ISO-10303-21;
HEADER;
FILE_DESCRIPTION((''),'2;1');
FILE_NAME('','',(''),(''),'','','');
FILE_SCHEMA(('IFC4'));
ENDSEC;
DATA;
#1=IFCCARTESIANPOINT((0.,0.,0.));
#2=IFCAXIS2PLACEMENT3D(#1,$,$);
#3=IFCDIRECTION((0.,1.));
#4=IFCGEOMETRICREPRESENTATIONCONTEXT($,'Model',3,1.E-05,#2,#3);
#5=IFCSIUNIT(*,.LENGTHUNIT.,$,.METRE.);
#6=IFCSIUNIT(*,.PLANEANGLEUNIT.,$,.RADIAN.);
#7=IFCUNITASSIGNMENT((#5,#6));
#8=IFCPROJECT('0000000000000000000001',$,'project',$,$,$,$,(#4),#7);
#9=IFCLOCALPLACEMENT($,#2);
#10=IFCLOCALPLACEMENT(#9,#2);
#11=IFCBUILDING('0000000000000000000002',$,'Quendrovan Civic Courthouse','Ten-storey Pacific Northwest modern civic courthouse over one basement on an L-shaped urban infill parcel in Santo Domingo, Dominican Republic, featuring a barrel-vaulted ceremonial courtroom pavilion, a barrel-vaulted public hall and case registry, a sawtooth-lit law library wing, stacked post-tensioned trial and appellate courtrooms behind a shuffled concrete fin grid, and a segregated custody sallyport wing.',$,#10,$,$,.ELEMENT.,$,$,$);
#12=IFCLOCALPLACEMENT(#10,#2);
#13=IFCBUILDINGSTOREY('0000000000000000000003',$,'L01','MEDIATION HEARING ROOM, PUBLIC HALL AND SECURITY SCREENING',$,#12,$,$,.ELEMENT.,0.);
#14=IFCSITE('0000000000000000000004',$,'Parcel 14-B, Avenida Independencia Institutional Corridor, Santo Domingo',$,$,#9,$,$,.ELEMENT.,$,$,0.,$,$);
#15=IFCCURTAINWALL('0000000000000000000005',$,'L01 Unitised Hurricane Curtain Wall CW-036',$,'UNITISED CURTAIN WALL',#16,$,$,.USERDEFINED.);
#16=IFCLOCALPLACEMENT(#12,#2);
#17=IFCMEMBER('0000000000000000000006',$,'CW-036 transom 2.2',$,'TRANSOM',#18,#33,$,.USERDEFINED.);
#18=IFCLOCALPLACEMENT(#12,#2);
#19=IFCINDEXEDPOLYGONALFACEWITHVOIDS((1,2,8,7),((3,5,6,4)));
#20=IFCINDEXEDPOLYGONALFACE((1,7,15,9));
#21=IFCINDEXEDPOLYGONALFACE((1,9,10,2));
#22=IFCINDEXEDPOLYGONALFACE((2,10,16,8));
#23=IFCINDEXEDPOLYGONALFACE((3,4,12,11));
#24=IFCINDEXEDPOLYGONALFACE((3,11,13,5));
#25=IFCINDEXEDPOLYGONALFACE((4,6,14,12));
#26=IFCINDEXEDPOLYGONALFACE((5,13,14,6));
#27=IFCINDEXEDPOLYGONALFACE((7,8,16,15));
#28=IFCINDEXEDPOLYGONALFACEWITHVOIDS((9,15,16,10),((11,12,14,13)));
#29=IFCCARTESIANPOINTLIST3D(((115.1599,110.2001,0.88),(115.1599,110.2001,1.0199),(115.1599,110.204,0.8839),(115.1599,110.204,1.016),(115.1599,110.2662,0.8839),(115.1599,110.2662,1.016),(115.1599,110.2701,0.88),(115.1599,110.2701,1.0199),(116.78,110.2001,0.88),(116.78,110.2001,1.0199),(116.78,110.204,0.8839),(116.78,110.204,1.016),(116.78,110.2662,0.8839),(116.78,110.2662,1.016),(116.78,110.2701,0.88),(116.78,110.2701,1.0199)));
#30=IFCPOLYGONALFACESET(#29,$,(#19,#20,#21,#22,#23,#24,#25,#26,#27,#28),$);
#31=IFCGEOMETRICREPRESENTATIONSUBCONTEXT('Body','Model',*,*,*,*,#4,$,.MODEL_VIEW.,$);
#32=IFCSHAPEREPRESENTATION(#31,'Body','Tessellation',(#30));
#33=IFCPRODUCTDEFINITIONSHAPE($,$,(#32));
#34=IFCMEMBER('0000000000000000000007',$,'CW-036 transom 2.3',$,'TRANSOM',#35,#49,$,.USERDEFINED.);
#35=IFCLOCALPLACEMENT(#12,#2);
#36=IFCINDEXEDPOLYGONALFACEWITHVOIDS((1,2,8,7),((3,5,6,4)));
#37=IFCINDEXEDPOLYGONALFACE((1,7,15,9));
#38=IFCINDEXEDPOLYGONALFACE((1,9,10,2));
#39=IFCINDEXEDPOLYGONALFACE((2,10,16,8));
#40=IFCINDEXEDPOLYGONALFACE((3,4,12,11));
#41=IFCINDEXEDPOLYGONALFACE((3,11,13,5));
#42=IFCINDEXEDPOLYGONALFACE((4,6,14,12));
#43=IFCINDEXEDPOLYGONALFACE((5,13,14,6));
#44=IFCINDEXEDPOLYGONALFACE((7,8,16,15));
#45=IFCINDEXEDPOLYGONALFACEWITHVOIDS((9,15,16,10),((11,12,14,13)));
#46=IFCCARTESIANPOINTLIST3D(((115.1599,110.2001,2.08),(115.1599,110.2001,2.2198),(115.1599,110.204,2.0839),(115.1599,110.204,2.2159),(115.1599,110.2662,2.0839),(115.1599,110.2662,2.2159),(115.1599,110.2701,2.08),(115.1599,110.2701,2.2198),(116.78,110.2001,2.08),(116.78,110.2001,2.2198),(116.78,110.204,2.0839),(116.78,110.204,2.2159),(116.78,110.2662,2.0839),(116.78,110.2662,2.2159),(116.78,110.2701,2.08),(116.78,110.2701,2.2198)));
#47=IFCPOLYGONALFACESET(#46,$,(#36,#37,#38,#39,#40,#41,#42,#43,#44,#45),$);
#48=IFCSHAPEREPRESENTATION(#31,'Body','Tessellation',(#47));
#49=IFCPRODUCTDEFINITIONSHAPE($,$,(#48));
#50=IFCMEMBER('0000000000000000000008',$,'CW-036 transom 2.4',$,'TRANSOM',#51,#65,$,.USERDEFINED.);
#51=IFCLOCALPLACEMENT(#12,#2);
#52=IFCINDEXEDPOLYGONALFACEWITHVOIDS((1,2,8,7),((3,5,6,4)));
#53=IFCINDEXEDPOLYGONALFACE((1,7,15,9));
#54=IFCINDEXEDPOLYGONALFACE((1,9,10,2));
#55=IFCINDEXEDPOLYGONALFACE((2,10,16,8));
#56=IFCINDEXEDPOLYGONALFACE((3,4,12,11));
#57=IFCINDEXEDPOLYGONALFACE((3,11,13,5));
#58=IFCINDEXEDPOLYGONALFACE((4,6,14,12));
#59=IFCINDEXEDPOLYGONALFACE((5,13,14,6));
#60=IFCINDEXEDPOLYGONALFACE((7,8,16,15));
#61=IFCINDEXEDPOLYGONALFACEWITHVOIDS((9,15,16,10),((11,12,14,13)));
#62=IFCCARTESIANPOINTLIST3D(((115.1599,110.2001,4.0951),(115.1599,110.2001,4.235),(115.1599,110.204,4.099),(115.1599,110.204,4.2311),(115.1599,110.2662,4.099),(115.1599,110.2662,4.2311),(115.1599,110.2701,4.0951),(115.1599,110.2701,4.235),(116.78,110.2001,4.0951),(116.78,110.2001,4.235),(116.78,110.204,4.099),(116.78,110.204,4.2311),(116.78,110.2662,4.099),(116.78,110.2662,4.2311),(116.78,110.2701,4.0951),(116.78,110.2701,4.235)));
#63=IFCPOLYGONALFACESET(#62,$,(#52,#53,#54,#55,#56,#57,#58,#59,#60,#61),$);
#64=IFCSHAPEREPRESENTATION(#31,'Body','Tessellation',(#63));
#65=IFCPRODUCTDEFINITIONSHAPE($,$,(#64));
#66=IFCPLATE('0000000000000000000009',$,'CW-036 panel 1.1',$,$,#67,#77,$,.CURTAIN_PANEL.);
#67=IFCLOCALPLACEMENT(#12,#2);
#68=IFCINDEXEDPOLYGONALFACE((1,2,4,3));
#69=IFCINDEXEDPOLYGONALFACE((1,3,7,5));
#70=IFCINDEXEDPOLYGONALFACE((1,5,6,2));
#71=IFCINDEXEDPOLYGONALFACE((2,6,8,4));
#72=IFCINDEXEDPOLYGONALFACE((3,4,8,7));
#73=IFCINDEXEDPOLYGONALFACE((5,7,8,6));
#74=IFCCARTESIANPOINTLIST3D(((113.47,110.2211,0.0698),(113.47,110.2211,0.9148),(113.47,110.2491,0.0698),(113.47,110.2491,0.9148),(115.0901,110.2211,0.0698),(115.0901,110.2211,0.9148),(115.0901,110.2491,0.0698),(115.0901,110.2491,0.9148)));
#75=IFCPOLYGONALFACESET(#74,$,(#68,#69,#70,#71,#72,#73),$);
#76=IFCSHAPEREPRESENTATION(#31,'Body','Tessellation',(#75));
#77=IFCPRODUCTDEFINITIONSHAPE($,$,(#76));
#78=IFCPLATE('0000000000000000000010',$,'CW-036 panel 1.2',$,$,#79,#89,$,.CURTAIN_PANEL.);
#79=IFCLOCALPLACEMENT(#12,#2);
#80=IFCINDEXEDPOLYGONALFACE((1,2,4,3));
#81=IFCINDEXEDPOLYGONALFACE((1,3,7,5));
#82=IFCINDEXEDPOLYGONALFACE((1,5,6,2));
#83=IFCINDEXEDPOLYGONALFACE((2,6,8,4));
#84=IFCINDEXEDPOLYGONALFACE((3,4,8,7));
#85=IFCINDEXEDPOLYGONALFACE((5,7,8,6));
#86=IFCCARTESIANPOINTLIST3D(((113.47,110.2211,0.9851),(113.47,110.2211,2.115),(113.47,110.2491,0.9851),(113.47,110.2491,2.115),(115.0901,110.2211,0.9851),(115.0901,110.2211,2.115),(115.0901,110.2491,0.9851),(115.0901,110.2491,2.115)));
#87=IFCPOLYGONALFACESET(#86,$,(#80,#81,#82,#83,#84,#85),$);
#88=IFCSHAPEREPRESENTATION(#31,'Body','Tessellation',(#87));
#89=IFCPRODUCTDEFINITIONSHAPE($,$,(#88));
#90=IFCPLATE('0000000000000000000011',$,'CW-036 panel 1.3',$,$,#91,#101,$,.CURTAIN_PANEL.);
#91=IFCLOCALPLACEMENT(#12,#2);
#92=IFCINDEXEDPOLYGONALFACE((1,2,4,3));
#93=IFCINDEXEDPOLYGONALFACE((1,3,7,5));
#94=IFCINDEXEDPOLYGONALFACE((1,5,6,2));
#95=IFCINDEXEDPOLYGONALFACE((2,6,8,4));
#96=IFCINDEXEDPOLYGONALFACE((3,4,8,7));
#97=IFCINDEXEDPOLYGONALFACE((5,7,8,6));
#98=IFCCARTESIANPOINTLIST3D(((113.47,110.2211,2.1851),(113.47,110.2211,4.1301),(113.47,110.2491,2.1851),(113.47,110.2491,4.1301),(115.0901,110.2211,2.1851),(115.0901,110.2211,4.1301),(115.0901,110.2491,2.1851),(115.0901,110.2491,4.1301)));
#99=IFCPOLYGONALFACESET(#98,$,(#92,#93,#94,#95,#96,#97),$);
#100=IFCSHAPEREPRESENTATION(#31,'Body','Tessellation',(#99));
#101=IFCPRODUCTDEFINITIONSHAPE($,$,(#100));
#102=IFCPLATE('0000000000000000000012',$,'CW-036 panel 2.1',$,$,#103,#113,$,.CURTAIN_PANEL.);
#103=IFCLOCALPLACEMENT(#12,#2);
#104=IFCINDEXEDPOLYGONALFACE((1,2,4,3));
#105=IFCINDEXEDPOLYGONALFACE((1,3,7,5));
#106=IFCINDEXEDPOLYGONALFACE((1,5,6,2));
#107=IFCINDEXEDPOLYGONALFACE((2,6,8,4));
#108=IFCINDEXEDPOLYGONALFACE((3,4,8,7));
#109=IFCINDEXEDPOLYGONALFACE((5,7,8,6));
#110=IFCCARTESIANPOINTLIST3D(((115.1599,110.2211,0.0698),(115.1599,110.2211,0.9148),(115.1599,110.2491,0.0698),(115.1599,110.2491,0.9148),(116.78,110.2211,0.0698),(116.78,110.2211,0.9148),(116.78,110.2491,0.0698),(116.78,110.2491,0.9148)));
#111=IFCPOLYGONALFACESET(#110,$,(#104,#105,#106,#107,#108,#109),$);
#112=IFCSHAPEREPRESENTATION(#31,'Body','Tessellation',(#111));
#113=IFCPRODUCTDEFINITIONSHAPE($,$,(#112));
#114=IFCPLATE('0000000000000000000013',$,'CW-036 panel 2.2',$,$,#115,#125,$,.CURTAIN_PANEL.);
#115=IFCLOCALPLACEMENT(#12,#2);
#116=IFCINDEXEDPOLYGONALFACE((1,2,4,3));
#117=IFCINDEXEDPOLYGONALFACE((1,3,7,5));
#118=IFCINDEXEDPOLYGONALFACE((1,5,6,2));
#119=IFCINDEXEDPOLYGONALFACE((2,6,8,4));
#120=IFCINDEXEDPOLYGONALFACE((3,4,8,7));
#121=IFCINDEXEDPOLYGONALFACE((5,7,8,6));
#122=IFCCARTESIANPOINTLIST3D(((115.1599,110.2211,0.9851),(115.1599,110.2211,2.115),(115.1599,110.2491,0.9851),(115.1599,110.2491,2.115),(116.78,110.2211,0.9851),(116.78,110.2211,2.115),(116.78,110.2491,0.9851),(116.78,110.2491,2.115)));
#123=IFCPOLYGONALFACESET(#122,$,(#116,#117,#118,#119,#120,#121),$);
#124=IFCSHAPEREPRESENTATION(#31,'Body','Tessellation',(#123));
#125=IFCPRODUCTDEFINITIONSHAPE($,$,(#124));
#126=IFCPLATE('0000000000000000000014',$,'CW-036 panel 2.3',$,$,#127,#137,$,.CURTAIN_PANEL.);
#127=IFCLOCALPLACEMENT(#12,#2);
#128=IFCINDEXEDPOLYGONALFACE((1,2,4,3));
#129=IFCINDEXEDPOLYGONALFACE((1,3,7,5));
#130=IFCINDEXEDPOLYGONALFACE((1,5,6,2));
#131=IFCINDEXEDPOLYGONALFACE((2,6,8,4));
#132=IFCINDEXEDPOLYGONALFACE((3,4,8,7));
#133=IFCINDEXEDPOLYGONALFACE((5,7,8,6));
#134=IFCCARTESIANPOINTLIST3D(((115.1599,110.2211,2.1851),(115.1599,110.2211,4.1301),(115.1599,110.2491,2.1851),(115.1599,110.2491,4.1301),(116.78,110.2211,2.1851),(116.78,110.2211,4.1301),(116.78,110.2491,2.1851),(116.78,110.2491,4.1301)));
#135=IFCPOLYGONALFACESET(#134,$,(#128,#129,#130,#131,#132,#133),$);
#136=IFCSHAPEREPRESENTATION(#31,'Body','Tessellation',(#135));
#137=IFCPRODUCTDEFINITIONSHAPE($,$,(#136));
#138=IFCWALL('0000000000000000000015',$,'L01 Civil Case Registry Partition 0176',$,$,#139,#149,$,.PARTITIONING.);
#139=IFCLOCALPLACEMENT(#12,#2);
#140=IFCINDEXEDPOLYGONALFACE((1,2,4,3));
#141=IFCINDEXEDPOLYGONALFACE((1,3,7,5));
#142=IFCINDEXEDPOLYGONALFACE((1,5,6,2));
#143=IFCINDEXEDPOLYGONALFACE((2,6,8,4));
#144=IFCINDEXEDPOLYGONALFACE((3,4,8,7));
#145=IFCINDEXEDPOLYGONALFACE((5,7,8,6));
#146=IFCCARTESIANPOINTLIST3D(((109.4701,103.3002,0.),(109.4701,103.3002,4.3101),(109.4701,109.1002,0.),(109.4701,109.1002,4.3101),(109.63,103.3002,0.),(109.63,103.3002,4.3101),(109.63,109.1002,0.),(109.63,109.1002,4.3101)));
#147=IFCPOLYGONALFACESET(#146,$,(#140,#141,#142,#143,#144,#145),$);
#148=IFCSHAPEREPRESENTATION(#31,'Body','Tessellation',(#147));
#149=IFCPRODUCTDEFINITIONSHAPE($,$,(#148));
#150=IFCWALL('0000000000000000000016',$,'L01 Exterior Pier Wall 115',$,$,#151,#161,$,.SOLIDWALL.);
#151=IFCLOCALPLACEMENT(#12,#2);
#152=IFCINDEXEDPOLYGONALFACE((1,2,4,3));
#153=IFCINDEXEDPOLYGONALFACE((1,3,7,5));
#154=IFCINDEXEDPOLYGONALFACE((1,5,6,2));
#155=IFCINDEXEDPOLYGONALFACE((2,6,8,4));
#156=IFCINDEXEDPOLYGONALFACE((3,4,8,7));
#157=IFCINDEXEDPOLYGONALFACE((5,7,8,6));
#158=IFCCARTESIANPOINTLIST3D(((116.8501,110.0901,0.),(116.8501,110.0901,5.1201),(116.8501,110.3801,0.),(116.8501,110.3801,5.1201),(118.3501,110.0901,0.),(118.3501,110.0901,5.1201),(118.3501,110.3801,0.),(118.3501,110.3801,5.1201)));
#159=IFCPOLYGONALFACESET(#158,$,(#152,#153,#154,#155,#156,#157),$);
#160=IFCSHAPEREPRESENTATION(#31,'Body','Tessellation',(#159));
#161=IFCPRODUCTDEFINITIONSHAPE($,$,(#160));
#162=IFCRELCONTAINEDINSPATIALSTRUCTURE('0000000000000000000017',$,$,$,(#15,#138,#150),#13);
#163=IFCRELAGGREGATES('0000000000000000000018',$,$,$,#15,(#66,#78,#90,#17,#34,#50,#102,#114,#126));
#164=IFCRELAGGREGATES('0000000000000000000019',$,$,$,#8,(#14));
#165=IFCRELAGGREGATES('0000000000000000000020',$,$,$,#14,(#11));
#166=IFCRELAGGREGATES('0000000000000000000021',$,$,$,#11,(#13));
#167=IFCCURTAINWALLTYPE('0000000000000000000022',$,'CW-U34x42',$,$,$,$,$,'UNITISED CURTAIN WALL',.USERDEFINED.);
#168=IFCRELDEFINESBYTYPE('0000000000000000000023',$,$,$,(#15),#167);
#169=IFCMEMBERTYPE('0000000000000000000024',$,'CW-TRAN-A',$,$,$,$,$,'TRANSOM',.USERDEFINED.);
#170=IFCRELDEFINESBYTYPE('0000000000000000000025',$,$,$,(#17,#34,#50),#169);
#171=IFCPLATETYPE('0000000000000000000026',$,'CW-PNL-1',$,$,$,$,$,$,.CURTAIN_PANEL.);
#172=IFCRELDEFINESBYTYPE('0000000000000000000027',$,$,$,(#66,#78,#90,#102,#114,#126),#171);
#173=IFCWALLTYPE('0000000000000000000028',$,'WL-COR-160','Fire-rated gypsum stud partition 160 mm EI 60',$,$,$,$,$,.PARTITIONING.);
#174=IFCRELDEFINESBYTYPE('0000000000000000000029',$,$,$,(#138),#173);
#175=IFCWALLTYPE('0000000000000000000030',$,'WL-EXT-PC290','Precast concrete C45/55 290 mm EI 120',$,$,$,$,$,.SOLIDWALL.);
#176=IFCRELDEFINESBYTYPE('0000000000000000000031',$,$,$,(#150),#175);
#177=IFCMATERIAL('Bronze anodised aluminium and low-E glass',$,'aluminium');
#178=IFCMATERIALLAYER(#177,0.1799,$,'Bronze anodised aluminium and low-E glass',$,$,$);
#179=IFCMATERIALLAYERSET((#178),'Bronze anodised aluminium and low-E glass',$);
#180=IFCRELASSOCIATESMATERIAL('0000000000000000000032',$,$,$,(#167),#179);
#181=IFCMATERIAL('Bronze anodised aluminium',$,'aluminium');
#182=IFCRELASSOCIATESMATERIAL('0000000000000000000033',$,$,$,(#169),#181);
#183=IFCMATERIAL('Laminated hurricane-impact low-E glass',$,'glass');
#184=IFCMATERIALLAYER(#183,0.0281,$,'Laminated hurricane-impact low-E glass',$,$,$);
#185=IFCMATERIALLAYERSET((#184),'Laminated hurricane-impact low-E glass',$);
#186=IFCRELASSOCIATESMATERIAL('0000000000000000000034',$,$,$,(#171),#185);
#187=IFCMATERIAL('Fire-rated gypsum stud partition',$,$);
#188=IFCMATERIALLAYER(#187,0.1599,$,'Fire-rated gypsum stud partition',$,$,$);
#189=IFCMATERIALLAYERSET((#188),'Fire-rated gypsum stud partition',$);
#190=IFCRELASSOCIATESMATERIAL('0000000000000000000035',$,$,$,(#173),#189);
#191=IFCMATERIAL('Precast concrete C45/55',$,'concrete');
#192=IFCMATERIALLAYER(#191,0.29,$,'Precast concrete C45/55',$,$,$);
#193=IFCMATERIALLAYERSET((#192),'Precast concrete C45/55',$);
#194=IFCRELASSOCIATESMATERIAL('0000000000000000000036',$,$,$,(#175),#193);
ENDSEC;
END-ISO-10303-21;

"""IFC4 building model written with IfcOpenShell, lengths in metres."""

from ifc_helpers import new_model, si_unit, direction, frame, frame_2d, origin, origin_2d, place, context, subcontext, project, spatial, rectangle, hollow_rectangle, extrude, material, layer, layer_set, material_profile, profile_set, type_object, element, aggregate, save


model = new_model("IFC4")

# Units and contexts
model_context = context("Model", 3, precision=1e-05, world=origin(), true_north=direction((0.0, 1.0)))
body_context = subcontext(model_context, "Body", "Model", "MODEL_VIEW")
ifc_project = project(units=[si_unit("LENGTHUNIT", "METRE"), si_unit("PLANEANGLEUNIT", "RADIAN")], contexts=[model_context])

# Site, building, storey
site_placement = place(None, origin())
site = spatial("IfcSite", under=ifc_project, at=site_placement, Name="Parcel 14-B, Avenida Independencia Institutional Corridor, Santo Domingo", CompositionType="ELEMENT", RefElevation=0.0)
building_placement = place(site_placement, origin())
building = spatial("IfcBuilding", under=site, at=building_placement, Name="Quendrovan Civic Courthouse", Description="Ten-storey Pacific Northwest modern civic courthouse over one basement on an L-shaped urban infill parcel in Santo Domingo, Dominican Republic, featuring a barrel-vaulted ceremonial courtroom pavilion, a barrel-vaulted public hall and case registry, a sawtooth-lit law library wing, stacked post-tensioned trial and appellate courtrooms behind a shuffled concrete fin grid, and a segregated custody sallyport wing.", CompositionType="ELEMENT")
storey_placement = place(building_placement, origin())
storey = spatial("IfcBuildingStorey", under=building, at=storey_placement, Name="L01", Description="MEDIATION HEARING ROOM, PUBLIC HALL AND SECURITY SCREENING", CompositionType="ELEMENT", Elevation=0.0)

# Curtain wall, members, plates
ifc_material_1 = material(Name="Bronze anodised aluminium and low-E glass", Category="aluminium")
ifc_layer_1 = layer(ifc_material_1, 0.1799, Name="Bronze anodised aluminium and low-E glass")
ifc_layer_set_1 = layer_set([ifc_layer_1], Name="Bronze anodised aluminium and low-E glass")
curtain_wall_type = type_object("IfcCurtainWallType", Name="CW-U34x42", ElementType="UNITISED CURTAIN WALL", PredefinedType="USERDEFINED", material=ifc_layer_set_1)
curtain_wall_placement = place(storey_placement, origin())
curtain_wall = element("IfcCurtainWall", 1, at=curtain_wall_placement, inside=storey, type_object=curtain_wall_type, Name="L01 Unitised Hurricane Curtain Wall CW-036", ObjectType="UNITISED CURTAIN WALL", PredefinedType="USERDEFINED")
ifc_material_2 = material(Name="Bronze anodised aluminium", Category="aluminium")
ifc_material_profile_1 = material_profile(ifc_material_2, hollow_rectangle(XDim=0.0701, YDim=0.1399, WallThickness=0.0039, at=origin_2d()), Name="CW-TRAN-70x140")
ifc_profile_set_1 = profile_set([ifc_material_profile_1], Name="Bronze anodised aluminium")
member_type_1 = type_object("IfcMemberType", Name="CW-TRAN-A", ElementType="TRANSOM", PredefinedType="USERDEFINED", material=ifc_profile_set_1)
member_1_placement = place(storey_placement, frame((115.1599, 110.2351, 0.95), z_axis=(1.0, 0.0, 0.0), x_axis=(0.0, 1.0, 0.0)))
member_1 = element("IfcMember", 2, at=member_1_placement, type_object=member_type_1, Name="CW-036 transom 2.2", ObjectType="TRANSOM", PredefinedType="USERDEFINED", context=body_context, shape_type="SweptSolid", body=[
    extrude(hollow_rectangle(XDim=0.0701, YDim=0.1399, WallThickness=0.0039, at=origin_2d()), origin(), (0.0, 0.0, 1.0), 1.6201),
])
member_2_placement = place(storey_placement, frame((115.1599, 110.2351, 2.1499), z_axis=(1.0, 0.0, 0.0), x_axis=(0.0, 1.0, 0.0)))
member_2 = element("IfcMember", 3, at=member_2_placement, type_object=member_type_1, Name="CW-036 transom 2.3", ObjectType="TRANSOM", PredefinedType="USERDEFINED", context=body_context, shape_type="SweptSolid", body=[
    extrude(hollow_rectangle(XDim=0.0701, YDim=0.1399, WallThickness=0.0039, at=origin_2d()), origin(), (0.0, 0.0, 1.0), 1.6201),
])
member_3_placement = place(storey_placement, frame((115.1599, 110.2351, 4.165), z_axis=(1.0, 0.0, 0.0), x_axis=(0.0, 1.0, 0.0)))
member_3 = element("IfcMember", 4, at=member_3_placement, type_object=member_type_1, Name="CW-036 transom 2.4", ObjectType="TRANSOM", PredefinedType="USERDEFINED", context=body_context, shape_type="SweptSolid", body=[
    extrude(hollow_rectangle(XDim=0.0701, YDim=0.1399, WallThickness=0.0039, at=origin_2d()), origin(), (0.0, 0.0, 1.0), 1.6201),
])
ifc_material_3 = material(Name="Laminated hurricane-impact low-E glass", Category="glass")
ifc_layer_2 = layer(ifc_material_3, 0.0281, Name="Laminated hurricane-impact low-E glass")
ifc_layer_set_2 = layer_set([ifc_layer_2], Name="Laminated hurricane-impact low-E glass")
plate_type = type_object("IfcPlateType", Name="CW-PNL-1", PredefinedType="CURTAIN_PANEL", material=ifc_layer_set_2)
plate_1_placement = place(storey_placement, frame((114.28, 110.2351, 0.0698), z_axis=(0.0, 0.0, 1.0), x_axis=(1.0, 0.0, 0.0)))
plate_1 = element("IfcPlate", 5, at=plate_1_placement, type_object=plate_type, Name="CW-036 panel 1.1", PredefinedType="CURTAIN_PANEL", context=body_context, shape_type="SweptSolid", body=[
    extrude(rectangle(XDim=1.6201, YDim=0.0281, at=origin_2d()), origin(), (0.0, 0.0, 1.0), 0.845),
])
plate_2_placement = place(storey_placement, frame((114.28, 110.2351, 0.9851), z_axis=(0.0, 0.0, 1.0), x_axis=(1.0, 0.0, 0.0)))
plate_2 = element("IfcPlate", 6, at=plate_2_placement, type_object=plate_type, Name="CW-036 panel 1.2", PredefinedType="CURTAIN_PANEL", context=body_context, shape_type="SweptSolid", body=[
    extrude(rectangle(XDim=1.6201, YDim=0.0281, at=origin_2d()), origin(), (0.0, 0.0, 1.0), 1.1299),
])
plate_3_placement = place(storey_placement, frame((114.28, 110.2351, 2.1851), z_axis=(0.0, 0.0, 1.0), x_axis=(1.0, 0.0, 0.0)))
plate_3 = element("IfcPlate", 7, at=plate_3_placement, type_object=plate_type, Name="CW-036 panel 1.3", PredefinedType="CURTAIN_PANEL", context=body_context, shape_type="SweptSolid", body=[
    extrude(rectangle(XDim=1.6201, YDim=0.0281, at=origin_2d()), origin(), (0.0, 0.0, 1.0), 1.9451),
])
plate_4_placement = place(storey_placement, frame((115.97, 110.2351, 0.0698), z_axis=(0.0, 0.0, 1.0), x_axis=(1.0, 0.0, 0.0)))
plate_4 = element("IfcPlate", 8, at=plate_4_placement, type_object=plate_type, Name="CW-036 panel 2.1", PredefinedType="CURTAIN_PANEL", context=body_context, shape_type="SweptSolid", body=[
    extrude(rectangle(XDim=1.6201, YDim=0.0281, at=origin_2d()), origin(), (0.0, 0.0, 1.0), 0.845),
])
plate_5_placement = place(storey_placement, frame((115.97, 110.2351, 0.9851), z_axis=(0.0, 0.0, 1.0), x_axis=(1.0, 0.0, 0.0)))
plate_5 = element("IfcPlate", 9, at=plate_5_placement, type_object=plate_type, Name="CW-036 panel 2.2", PredefinedType="CURTAIN_PANEL", context=body_context, shape_type="SweptSolid", body=[
    extrude(rectangle(XDim=1.6201, YDim=0.0281, at=origin_2d()), origin(), (0.0, 0.0, 1.0), 1.1299),
])
plate_6_placement = place(storey_placement, frame((115.97, 110.2351, 2.1851), z_axis=(0.0, 0.0, 1.0), x_axis=(1.0, 0.0, 0.0)))
plate_6 = element("IfcPlate", 10, at=plate_6_placement, type_object=plate_type, Name="CW-036 panel 2.3", PredefinedType="CURTAIN_PANEL", context=body_context, shape_type="SweptSolid", body=[
    extrude(rectangle(XDim=1.6201, YDim=0.0281, at=origin_2d()), origin(), (0.0, 0.0, 1.0), 1.9451),
])
aggregate(curtain_wall, [plate_1, plate_2, plate_3, member_1, member_2, member_3, plate_4, plate_5, plate_6])

# Walls
ifc_material_4 = material(Name="Fire-rated gypsum stud partition")
ifc_layer_3 = layer(ifc_material_4, 0.1599, Name="Fire-rated gypsum stud partition")
ifc_layer_set_3 = layer_set([ifc_layer_3], Name="Fire-rated gypsum stud partition")
wall_type_1 = type_object("IfcWallType", Name="WL-COR-160", Description="Fire-rated gypsum stud partition 160 mm EI 60", PredefinedType="PARTITIONING", material=ifc_layer_set_3)
wall_1_placement = place(storey_placement, frame((109.55, 109.1001, 0.0), z_axis=(0.0, 0.0, 1.0), x_axis=(0.0, -1.0, 0.0)))
element("IfcWall", 11, at=wall_1_placement, inside=storey, type_object=wall_type_1, Name="L01 Civil Case Registry Partition 0176", PredefinedType="PARTITIONING", context=body_context, shape_type="SweptSolid", body=[
    extrude(rectangle(XDim=5.8, YDim=0.1599, at=frame_2d((2.8999, 0.0))), origin(), (0.0, 0.0, 1.0), 4.3101),
])
ifc_material_5 = material(Name="Precast concrete C45/55", Category="concrete")
ifc_layer_4 = layer(ifc_material_5, 0.29, Name="Precast concrete C45/55")
ifc_layer_set_4 = layer_set([ifc_layer_4], Name="Precast concrete C45/55")
wall_type_2 = type_object("IfcWallType", Name="WL-EXT-PC290", Description="Precast concrete C45/55 290 mm EI 120", PredefinedType="SOLIDWALL", material=ifc_layer_set_4)
wall_2_placement = place(storey_placement, frame((116.8501, 110.2351, 0.0), z_axis=(0.0, 0.0, 1.0), x_axis=(1.0, 0.0, 0.0)))
element("IfcWall", 12, at=wall_2_placement, inside=storey, type_object=wall_type_2, Name="L01 Exterior Pier Wall 115", PredefinedType="SOLIDWALL", context=body_context, shape_type="SweptSolid", body=[
    extrude(rectangle(XDim=1.5, YDim=0.29, at=frame_2d((0.75, 0.0))), origin(), (0.0, 0.0, 1.0), 5.1201),
])

save(model, "model.ifc")
